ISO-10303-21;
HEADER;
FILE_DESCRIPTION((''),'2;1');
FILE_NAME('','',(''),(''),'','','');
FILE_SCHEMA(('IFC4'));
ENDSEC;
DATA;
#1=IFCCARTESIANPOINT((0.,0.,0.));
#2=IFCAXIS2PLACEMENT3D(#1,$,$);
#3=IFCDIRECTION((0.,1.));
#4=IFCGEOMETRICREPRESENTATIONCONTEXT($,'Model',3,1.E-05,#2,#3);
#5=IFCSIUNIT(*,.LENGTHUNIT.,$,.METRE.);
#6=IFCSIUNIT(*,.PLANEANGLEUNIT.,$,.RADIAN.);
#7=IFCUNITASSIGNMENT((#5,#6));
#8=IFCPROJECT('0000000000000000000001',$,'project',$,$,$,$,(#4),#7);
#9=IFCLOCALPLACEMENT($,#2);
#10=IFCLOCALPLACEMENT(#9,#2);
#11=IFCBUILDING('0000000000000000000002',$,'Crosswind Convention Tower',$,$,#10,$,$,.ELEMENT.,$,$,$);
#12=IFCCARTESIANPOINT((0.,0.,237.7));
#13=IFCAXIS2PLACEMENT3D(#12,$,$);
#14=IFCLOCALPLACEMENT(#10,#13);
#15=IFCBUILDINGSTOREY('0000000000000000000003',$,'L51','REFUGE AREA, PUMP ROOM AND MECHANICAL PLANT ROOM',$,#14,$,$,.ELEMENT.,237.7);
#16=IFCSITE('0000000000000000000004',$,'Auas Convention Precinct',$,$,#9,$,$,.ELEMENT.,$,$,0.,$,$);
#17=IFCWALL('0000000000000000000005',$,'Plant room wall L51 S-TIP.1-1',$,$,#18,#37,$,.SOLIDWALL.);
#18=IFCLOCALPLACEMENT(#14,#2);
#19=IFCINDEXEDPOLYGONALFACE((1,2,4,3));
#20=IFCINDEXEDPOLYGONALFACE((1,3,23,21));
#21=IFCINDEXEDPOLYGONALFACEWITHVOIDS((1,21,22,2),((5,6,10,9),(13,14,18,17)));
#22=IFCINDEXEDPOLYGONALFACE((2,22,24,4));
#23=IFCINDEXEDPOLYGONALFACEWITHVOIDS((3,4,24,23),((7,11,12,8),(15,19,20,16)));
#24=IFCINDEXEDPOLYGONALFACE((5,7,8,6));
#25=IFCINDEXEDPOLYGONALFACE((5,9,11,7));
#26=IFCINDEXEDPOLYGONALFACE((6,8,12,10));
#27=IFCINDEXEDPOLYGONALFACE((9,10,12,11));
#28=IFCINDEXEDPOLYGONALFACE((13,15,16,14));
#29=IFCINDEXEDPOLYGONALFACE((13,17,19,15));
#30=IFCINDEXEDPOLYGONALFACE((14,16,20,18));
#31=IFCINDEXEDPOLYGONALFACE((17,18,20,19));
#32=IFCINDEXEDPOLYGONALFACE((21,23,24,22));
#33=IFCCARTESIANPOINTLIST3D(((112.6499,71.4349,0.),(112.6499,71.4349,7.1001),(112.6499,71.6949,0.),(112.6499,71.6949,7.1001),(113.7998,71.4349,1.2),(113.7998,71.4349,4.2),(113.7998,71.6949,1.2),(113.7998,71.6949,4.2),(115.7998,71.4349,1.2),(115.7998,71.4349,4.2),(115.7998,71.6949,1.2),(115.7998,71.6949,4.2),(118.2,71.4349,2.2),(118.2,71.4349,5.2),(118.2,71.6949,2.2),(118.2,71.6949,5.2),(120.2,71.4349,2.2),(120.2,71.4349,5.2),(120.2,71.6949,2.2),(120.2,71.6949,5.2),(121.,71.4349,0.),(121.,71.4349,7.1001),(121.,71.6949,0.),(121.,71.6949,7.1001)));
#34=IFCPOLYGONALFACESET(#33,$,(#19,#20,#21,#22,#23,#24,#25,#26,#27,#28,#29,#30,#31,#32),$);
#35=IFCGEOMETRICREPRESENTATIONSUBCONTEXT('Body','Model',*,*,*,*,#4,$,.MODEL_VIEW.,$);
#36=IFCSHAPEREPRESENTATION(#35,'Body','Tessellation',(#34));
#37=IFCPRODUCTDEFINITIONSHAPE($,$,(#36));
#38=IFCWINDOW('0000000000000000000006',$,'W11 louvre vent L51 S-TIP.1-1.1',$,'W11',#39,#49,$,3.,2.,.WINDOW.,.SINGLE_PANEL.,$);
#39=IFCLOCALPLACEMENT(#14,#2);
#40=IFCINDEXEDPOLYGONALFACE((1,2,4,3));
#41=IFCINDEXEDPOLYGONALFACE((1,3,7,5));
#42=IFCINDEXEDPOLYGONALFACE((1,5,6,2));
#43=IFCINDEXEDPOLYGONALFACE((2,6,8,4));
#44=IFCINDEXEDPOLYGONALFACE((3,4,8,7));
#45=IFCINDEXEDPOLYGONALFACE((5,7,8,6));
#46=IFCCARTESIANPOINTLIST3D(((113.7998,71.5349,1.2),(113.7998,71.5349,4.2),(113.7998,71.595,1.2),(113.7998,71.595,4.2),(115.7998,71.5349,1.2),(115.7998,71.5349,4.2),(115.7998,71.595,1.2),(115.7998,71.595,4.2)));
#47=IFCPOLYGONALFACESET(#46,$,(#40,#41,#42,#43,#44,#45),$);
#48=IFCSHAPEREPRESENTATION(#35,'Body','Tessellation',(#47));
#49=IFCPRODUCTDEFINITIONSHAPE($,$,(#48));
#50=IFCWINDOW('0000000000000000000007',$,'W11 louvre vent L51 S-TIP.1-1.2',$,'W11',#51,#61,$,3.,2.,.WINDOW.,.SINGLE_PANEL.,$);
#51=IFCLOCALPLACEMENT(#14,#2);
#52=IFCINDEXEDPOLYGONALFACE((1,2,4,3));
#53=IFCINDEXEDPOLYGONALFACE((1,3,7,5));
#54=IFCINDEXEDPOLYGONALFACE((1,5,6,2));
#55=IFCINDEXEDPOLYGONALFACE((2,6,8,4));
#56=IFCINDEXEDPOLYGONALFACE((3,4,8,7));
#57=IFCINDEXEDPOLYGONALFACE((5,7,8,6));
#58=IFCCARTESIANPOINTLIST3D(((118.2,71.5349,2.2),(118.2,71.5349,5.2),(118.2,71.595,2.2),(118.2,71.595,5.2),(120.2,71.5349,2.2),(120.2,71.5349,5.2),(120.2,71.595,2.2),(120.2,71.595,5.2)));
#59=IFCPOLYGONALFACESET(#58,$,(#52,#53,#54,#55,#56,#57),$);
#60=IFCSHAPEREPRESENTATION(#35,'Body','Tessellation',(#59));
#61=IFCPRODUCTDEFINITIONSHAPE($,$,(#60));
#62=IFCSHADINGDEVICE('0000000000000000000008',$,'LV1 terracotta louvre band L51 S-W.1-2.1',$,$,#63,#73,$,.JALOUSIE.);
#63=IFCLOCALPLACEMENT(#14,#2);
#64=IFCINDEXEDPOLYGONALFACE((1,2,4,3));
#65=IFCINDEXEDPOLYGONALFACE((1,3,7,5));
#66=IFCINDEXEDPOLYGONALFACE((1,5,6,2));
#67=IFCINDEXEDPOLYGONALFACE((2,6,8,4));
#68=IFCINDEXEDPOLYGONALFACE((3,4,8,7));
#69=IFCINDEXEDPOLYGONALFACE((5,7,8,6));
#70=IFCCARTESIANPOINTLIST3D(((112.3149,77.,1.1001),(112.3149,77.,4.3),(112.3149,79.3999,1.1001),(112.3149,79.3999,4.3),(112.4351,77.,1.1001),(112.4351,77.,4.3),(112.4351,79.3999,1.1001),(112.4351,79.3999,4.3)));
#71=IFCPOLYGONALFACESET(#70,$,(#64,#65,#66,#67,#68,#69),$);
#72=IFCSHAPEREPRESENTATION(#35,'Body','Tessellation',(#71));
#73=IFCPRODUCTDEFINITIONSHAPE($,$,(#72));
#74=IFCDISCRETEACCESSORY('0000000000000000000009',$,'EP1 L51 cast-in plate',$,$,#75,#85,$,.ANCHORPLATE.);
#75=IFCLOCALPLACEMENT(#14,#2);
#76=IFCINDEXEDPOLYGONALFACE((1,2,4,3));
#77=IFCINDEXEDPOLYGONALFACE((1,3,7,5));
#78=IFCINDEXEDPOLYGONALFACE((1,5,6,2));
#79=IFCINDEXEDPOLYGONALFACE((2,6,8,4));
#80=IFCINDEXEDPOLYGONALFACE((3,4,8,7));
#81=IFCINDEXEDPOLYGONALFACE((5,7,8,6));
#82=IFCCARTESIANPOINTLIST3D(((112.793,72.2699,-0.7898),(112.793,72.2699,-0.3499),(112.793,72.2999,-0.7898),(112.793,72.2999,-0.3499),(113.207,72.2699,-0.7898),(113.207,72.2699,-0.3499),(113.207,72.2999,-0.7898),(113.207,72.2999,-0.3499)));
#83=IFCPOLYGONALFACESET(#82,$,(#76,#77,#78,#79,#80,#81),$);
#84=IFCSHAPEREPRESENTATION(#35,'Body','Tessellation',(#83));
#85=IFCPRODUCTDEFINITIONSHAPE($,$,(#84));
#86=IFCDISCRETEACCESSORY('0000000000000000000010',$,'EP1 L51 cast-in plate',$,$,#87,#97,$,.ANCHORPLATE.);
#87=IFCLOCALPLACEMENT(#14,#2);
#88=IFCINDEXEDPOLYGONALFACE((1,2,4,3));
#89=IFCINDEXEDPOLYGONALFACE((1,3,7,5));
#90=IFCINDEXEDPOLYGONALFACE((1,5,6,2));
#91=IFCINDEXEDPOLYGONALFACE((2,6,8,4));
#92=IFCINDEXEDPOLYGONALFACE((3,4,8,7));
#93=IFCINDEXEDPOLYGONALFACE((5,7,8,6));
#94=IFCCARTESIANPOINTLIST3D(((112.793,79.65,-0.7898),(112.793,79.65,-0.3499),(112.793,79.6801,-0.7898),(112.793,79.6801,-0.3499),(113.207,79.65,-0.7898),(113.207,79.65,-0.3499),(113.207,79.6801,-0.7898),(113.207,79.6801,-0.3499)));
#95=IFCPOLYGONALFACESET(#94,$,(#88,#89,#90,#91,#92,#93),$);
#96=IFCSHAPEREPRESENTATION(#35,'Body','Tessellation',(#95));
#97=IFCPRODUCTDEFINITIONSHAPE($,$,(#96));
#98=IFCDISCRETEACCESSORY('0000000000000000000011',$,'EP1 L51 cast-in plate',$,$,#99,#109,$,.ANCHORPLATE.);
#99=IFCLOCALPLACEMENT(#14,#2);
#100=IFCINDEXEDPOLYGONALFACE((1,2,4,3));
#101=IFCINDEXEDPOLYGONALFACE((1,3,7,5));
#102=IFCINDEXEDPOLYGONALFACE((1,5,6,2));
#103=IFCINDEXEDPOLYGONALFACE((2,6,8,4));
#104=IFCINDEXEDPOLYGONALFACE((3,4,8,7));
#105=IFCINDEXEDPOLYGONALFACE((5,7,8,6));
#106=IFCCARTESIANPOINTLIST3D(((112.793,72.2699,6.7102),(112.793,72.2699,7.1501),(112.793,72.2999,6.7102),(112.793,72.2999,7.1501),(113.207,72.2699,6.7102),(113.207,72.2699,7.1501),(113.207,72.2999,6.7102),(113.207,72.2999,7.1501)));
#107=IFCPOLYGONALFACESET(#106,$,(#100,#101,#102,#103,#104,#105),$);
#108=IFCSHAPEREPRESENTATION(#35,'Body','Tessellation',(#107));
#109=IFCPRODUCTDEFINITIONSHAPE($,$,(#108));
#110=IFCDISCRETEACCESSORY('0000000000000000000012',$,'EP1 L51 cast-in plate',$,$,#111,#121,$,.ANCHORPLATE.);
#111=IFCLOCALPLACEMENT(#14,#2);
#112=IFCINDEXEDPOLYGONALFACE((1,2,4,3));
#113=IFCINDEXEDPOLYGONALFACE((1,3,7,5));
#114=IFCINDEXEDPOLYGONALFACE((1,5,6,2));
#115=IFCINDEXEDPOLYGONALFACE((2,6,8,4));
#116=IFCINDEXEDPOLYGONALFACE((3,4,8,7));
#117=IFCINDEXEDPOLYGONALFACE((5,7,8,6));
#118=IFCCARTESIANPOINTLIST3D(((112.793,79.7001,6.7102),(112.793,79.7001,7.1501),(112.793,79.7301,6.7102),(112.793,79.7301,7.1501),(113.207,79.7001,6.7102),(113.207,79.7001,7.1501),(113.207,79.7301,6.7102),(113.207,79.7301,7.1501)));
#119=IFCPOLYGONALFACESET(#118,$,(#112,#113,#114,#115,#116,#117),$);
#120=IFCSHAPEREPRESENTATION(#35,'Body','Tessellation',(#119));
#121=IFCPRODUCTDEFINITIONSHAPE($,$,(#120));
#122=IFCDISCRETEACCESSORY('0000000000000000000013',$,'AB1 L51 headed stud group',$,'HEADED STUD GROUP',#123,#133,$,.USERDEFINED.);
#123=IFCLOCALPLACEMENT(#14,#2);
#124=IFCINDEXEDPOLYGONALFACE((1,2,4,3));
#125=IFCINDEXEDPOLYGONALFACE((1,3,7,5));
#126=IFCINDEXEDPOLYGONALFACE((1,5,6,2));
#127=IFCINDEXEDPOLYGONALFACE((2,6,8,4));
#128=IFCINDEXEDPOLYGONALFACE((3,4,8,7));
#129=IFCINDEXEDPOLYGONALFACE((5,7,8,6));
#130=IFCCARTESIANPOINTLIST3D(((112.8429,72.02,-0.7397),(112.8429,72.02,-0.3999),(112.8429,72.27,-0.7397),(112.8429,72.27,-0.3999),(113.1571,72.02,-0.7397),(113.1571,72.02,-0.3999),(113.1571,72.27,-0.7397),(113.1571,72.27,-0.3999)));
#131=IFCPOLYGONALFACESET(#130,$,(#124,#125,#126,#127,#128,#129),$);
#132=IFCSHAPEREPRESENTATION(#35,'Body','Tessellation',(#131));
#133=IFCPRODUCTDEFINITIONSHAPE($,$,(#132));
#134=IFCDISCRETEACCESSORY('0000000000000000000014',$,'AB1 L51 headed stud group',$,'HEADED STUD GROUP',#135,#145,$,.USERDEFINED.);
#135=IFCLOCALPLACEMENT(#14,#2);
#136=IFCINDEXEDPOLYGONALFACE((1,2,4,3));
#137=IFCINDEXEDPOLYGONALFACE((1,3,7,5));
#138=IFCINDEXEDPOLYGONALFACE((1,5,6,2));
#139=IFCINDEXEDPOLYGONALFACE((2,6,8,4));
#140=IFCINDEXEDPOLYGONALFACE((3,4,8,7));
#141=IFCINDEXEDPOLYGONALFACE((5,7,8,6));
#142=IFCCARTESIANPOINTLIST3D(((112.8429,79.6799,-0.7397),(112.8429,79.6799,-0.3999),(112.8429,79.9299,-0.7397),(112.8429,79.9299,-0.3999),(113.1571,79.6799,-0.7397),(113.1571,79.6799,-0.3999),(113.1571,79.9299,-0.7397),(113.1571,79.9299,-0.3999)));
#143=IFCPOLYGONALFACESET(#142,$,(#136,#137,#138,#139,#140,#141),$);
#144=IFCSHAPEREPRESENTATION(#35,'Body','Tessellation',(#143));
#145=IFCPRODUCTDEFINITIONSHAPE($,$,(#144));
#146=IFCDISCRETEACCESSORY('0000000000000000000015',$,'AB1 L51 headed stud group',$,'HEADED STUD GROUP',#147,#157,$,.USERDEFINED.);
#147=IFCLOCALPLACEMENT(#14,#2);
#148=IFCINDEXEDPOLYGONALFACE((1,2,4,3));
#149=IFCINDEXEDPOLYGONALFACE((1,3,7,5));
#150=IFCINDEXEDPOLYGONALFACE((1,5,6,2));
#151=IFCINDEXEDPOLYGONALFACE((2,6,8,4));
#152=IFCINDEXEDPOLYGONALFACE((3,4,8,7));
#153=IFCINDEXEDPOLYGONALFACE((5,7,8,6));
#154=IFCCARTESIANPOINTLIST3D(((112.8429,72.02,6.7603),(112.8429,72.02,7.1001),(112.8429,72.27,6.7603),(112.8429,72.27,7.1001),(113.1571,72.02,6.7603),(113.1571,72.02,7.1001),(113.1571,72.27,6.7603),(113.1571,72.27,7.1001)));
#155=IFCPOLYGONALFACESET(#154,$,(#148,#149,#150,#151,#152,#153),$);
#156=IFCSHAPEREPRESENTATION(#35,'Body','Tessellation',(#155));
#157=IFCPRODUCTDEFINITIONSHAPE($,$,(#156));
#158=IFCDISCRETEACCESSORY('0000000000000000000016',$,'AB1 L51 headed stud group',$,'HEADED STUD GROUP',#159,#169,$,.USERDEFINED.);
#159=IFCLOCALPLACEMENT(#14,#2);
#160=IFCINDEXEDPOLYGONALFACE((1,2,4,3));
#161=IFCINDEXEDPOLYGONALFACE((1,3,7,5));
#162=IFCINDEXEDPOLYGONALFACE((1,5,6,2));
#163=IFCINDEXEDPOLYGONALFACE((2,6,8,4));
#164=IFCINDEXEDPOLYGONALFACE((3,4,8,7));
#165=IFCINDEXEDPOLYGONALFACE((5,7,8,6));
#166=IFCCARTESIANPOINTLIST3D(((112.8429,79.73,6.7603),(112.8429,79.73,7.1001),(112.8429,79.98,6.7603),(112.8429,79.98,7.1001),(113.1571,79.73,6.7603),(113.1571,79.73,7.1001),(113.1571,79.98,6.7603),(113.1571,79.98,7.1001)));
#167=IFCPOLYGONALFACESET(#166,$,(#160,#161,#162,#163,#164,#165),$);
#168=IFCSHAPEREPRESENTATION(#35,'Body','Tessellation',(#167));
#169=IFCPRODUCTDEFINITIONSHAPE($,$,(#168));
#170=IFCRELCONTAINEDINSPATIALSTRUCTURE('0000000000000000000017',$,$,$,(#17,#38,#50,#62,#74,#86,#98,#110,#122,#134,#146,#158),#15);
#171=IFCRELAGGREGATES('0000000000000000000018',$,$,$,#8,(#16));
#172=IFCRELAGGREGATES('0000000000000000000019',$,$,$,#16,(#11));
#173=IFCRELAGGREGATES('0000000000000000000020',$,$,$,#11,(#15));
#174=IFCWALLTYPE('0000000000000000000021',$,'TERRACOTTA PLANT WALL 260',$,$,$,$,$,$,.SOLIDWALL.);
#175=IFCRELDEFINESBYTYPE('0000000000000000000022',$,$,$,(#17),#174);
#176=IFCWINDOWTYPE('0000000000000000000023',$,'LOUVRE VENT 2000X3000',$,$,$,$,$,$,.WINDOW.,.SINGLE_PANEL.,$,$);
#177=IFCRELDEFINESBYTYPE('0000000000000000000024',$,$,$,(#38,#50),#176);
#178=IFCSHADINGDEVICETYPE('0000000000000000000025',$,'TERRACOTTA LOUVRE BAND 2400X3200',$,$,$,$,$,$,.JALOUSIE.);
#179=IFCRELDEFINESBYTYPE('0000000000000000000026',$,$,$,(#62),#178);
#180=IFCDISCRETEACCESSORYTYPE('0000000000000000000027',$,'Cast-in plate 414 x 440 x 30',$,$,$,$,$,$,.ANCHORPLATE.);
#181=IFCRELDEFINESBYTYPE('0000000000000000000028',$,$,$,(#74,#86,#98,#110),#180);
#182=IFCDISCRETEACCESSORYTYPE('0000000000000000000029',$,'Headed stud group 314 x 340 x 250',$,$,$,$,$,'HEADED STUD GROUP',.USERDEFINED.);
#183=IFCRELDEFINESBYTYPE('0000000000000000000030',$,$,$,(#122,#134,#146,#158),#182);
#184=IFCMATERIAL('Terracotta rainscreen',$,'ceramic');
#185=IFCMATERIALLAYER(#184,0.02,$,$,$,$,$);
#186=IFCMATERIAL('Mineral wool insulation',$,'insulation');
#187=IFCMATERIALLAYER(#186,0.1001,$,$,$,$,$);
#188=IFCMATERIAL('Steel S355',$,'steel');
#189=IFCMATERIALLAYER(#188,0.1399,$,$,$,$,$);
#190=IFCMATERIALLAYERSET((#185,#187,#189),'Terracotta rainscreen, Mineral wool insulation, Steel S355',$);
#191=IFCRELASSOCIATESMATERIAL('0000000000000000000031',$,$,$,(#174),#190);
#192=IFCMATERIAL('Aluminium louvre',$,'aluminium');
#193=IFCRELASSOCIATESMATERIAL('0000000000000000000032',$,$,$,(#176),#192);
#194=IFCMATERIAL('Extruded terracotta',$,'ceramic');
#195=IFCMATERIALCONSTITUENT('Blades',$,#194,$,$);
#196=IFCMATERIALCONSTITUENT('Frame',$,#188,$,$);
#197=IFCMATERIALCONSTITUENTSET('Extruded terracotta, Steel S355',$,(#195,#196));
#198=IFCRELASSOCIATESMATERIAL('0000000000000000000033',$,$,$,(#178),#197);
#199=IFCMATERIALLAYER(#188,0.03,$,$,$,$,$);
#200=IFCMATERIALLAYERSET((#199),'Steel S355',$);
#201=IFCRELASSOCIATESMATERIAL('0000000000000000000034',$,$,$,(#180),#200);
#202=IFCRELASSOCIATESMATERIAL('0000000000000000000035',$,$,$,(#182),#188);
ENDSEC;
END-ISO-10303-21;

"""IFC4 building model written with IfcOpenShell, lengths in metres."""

from ifc_helpers import new_model, si_unit, direction, frame, frame_2d, origin, origin_2d, place, context, subcontext, project, spatial, rectangle, extrude, material, layer, layer_set, constituent, constituent_set, type_object, element, fill, save


model = new_model("IFC4")

# Units and contexts
model_context = context("Model", 3, precision=1e-05, world=origin(), true_north=direction((0.0, 1.0)))
body_context = subcontext(model_context, "Body", "Model", "MODEL_VIEW")
ifc_project = project(units=[si_unit("LENGTHUNIT", "METRE"), si_unit("PLANEANGLEUNIT", "RADIAN")], contexts=[model_context])

# Site, building, storey
site_placement = place(None, origin())
site = spatial("IfcSite", under=ifc_project, at=site_placement, Name="Auas Convention Precinct", CompositionType="ELEMENT", RefElevation=0.0)
building_placement = place(site_placement, origin())
building = spatial("IfcBuilding", under=site, at=building_placement, Name="Crosswind Convention Tower", CompositionType="ELEMENT")
storey_placement = place(building_placement, frame((0.0, 0.0, 237.7)))
storey = spatial("IfcBuildingStorey", under=building, at=storey_placement, Name="L51", Description="REFUGE AREA, PUMP ROOM AND MECHANICAL PLANT ROOM", CompositionType="ELEMENT", Elevation=237.7)

# Shared definitions
ifc_material_1 = material(Name="Steel S355", Category="steel")

# Wall, openings, windows
ifc_material_2 = material(Name="Terracotta rainscreen", Category="ceramic")
ifc_layer_1 = layer(ifc_material_2, 0.02)
ifc_material_3 = material(Name="Mineral wool insulation", Category="insulation")
ifc_layer_2 = layer(ifc_material_3, 0.1001)
ifc_layer_3 = layer(ifc_material_1, 0.1399)
ifc_layer_set_1 = layer_set([ifc_layer_1, ifc_layer_2, ifc_layer_3], Name="Terracotta rainscreen, Mineral wool insulation, Steel S355")
wall_type = type_object("IfcWallType", Name="TERRACOTTA PLANT WALL 260", PredefinedType="SOLIDWALL", material=ifc_layer_set_1)
wall_placement = place(storey_placement, frame((112.6499, 71.5649, 0.0), z_axis=(0.0, 0.0, 1.0), x_axis=(1.0, 0.0, 0.0)))
wall = element("IfcWall", 1, at=wall_placement, inside=storey, type_object=wall_type, Name="Plant room wall L51 S-TIP.1-1", PredefinedType="SOLIDWALL", context=body_context, shape_type="SweptSolid", body=[
    extrude(rectangle(XDim=8.3501, YDim=0.26, at=frame_2d((4.175, 0.0))), origin(), (0.0, 0.0, 1.0), 7.1001),
])
opening_1_placement = place(wall_placement, frame((1.1499, 0.0, 1.2)))
opening_1 = element("IfcOpeningElement", 2, at=opening_1_placement, cuts=wall, PredefinedType="OPENING", context=body_context, shape_type="SweptSolid", body=[
    extrude(rectangle(XDim=2.0, YDim=3.0, at=frame_2d((1.0, 1.5))), frame((0.0, 0.1399, 0.0), z_axis=(0.0, -1.0, 0.0), x_axis=(1.0, 0.0, 0.0)), (0.0, 0.0, 1.0), 0.28),
])
opening_2_placement = place(wall_placement, frame((5.55, 0.0, 2.2)))
opening_2 = element("IfcOpeningElement", 3, at=opening_2_placement, cuts=wall, PredefinedType="OPENING", context=body_context, shape_type="SweptSolid", body=[
    extrude(rectangle(XDim=2.0, YDim=3.0, at=frame_2d((1.0, 1.5))), frame((0.0, 0.1399, 0.0), z_axis=(0.0, -1.0, 0.0), x_axis=(1.0, 0.0, 0.0)), (0.0, 0.0, 1.0), 0.28),
])
ifc_material_4 = material(Name="Aluminium louvre", Category="aluminium")
window_type = type_object("IfcWindowType", Name="LOUVRE VENT 2000X3000", PartitioningType="SINGLE_PANEL", PredefinedType="WINDOW", material=ifc_material_4)
window_1_placement = place(opening_1_placement, origin())
window_1 = element("IfcWindow", 4, at=window_1_placement, inside=storey, type_object=window_type, Name="W11 louvre vent L51 S-TIP.1-1.1", ObjectType="W11", OverallHeight=3.0, OverallWidth=2.0, PartitioningType="SINGLE_PANEL", PredefinedType="WINDOW", context=body_context, shape_type="SweptSolid", body=[
    extrude(rectangle(XDim=2.0, YDim=3.0, at=frame_2d((1.0, 1.5))), frame((0.0, 0.03, 0.0), z_axis=(0.0, -1.0, 0.0), x_axis=(1.0, 0.0, 0.0)), (0.0, 0.0, 1.0), 0.0601),
])
fill(opening_1, window_1)
window_2_placement = place(opening_2_placement, origin())
window_2 = element("IfcWindow", 5, at=window_2_placement, inside=storey, type_object=window_type, Name="W11 louvre vent L51 S-TIP.1-1.2", ObjectType="W11", OverallHeight=3.0, OverallWidth=2.0, PartitioningType="SINGLE_PANEL", PredefinedType="WINDOW", context=body_context, shape_type="SweptSolid", body=[
    extrude(rectangle(XDim=2.0, YDim=3.0, at=frame_2d((1.0, 1.5))), frame((0.0, 0.03, 0.0), z_axis=(0.0, -1.0, 0.0), x_axis=(1.0, 0.0, 0.0)), (0.0, 0.0, 1.0), 0.0601),
])
fill(opening_2, window_2)

# Shading device
ifc_material_5 = material(Name="Extruded terracotta", Category="ceramic")
ifc_constituent_1 = constituent(ifc_material_5, Name="Blades")
ifc_constituent_2 = constituent(ifc_material_1, Name="Frame")
ifc_constituent_set = constituent_set(constituents=[ifc_constituent_1, ifc_constituent_2], Name="Extruded terracotta, Steel S355")
shading_device_type = type_object("IfcShadingDeviceType", Name="TERRACOTTA LOUVRE BAND 2400X3200", PredefinedType="JALOUSIE", material=ifc_constituent_set)
shading_device_placement = place(storey_placement, frame((112.375, 78.2, 1.1001), z_axis=(0.0, 0.0, 1.0), x_axis=(0.0, -1.0, 0.0)))
element("IfcShadingDevice", 6, at=shading_device_placement, inside=storey, type_object=shading_device_type, Name="LV1 terracotta louvre band L51 S-W.1-2.1", PredefinedType="JALOUSIE", context=body_context, shape_type="SweptSolid", body=[
    extrude(rectangle(XDim=2.3999, YDim=0.1201, at=origin_2d()), origin(), (0.0, 0.0, 1.0), 3.2),
])

# Discrete accessories
ifc_layer_4 = layer(ifc_material_1, 0.03)
ifc_layer_set_2 = layer_set([ifc_layer_4], Name="Steel S355")
discrete_accessory_type_1 = type_object("IfcDiscreteAccessoryType", Name="Cast-in plate 414 x 440 x 30", PredefinedType="ANCHORPLATE", material=ifc_layer_set_2)
for number, where, z_axis, x_axis, name in (
    (7, (113.0, 72.2849, -0.7898), (0.0, 0.0, 1.0), (1.0, 0.0, 0.0), "EP1 L51 cast-in plate"),
    (8, (113.0, 79.665, -0.7898), (0.0, 0.0, 1.0), (1.0, 0.0, 0.0), "EP1 L51 cast-in plate"),
    (9, (113.0, 72.2849, 6.7102), (0.0, 0.0, 1.0), (1.0, 0.0, 0.0), "EP1 L51 cast-in plate"),
    (10, (113.0, 79.7151, 6.7102), (0.0, 0.0, 1.0), (1.0, 0.0, 0.0), "EP1 L51 cast-in plate"),
):
    element("IfcDiscreteAccessory", number, at=place(storey_placement, frame(where, z_axis=z_axis, x_axis=x_axis)), inside=storey, type_object=discrete_accessory_type_1, Name=name, PredefinedType="ANCHORPLATE", context=body_context, shape_type="SweptSolid", body=[
        extrude(rectangle(XDim=0.4141, YDim=0.03, at=origin_2d()), origin(), (0.0, 0.0, 1.0), 0.4399),
    ])
discrete_accessory_type_2 = type_object("IfcDiscreteAccessoryType", Name="Headed stud group 314 x 340 x 250", ElementType="HEADED STUD GROUP", PredefinedType="USERDEFINED", material=ifc_material_1)
for number, where, z_axis, x_axis, name in (
    (11, (113.0, 72.145, -0.7397), (0.0, 0.0, 1.0), (1.0, 0.0, 0.0), "AB1 L51 headed stud group"),
    (12, (113.0, 79.8049, -0.7397), (0.0, 0.0, 1.0), (1.0, 0.0, 0.0), "AB1 L51 headed stud group"),
    (13, (113.0, 72.145, 6.7603), (0.0, 0.0, 1.0), (1.0, 0.0, 0.0), "AB1 L51 headed stud group"),
    (14, (113.0, 79.855, 6.7603), (0.0, 0.0, 1.0), (1.0, 0.0, 0.0), "AB1 L51 headed stud group"),
):
    element("IfcDiscreteAccessory", number, at=place(storey_placement, frame(where, z_axis=z_axis, x_axis=x_axis)), inside=storey, type_object=discrete_accessory_type_2, Name=name, ObjectType="HEADED STUD GROUP", PredefinedType="USERDEFINED", context=body_context, shape_type="SweptSolid", body=[
        extrude(rectangle(XDim=0.3142, YDim=0.25, at=origin_2d()), origin(), (0.0, 0.0, 1.0), 0.3398),
    ])

save(model, "model.ifc")
